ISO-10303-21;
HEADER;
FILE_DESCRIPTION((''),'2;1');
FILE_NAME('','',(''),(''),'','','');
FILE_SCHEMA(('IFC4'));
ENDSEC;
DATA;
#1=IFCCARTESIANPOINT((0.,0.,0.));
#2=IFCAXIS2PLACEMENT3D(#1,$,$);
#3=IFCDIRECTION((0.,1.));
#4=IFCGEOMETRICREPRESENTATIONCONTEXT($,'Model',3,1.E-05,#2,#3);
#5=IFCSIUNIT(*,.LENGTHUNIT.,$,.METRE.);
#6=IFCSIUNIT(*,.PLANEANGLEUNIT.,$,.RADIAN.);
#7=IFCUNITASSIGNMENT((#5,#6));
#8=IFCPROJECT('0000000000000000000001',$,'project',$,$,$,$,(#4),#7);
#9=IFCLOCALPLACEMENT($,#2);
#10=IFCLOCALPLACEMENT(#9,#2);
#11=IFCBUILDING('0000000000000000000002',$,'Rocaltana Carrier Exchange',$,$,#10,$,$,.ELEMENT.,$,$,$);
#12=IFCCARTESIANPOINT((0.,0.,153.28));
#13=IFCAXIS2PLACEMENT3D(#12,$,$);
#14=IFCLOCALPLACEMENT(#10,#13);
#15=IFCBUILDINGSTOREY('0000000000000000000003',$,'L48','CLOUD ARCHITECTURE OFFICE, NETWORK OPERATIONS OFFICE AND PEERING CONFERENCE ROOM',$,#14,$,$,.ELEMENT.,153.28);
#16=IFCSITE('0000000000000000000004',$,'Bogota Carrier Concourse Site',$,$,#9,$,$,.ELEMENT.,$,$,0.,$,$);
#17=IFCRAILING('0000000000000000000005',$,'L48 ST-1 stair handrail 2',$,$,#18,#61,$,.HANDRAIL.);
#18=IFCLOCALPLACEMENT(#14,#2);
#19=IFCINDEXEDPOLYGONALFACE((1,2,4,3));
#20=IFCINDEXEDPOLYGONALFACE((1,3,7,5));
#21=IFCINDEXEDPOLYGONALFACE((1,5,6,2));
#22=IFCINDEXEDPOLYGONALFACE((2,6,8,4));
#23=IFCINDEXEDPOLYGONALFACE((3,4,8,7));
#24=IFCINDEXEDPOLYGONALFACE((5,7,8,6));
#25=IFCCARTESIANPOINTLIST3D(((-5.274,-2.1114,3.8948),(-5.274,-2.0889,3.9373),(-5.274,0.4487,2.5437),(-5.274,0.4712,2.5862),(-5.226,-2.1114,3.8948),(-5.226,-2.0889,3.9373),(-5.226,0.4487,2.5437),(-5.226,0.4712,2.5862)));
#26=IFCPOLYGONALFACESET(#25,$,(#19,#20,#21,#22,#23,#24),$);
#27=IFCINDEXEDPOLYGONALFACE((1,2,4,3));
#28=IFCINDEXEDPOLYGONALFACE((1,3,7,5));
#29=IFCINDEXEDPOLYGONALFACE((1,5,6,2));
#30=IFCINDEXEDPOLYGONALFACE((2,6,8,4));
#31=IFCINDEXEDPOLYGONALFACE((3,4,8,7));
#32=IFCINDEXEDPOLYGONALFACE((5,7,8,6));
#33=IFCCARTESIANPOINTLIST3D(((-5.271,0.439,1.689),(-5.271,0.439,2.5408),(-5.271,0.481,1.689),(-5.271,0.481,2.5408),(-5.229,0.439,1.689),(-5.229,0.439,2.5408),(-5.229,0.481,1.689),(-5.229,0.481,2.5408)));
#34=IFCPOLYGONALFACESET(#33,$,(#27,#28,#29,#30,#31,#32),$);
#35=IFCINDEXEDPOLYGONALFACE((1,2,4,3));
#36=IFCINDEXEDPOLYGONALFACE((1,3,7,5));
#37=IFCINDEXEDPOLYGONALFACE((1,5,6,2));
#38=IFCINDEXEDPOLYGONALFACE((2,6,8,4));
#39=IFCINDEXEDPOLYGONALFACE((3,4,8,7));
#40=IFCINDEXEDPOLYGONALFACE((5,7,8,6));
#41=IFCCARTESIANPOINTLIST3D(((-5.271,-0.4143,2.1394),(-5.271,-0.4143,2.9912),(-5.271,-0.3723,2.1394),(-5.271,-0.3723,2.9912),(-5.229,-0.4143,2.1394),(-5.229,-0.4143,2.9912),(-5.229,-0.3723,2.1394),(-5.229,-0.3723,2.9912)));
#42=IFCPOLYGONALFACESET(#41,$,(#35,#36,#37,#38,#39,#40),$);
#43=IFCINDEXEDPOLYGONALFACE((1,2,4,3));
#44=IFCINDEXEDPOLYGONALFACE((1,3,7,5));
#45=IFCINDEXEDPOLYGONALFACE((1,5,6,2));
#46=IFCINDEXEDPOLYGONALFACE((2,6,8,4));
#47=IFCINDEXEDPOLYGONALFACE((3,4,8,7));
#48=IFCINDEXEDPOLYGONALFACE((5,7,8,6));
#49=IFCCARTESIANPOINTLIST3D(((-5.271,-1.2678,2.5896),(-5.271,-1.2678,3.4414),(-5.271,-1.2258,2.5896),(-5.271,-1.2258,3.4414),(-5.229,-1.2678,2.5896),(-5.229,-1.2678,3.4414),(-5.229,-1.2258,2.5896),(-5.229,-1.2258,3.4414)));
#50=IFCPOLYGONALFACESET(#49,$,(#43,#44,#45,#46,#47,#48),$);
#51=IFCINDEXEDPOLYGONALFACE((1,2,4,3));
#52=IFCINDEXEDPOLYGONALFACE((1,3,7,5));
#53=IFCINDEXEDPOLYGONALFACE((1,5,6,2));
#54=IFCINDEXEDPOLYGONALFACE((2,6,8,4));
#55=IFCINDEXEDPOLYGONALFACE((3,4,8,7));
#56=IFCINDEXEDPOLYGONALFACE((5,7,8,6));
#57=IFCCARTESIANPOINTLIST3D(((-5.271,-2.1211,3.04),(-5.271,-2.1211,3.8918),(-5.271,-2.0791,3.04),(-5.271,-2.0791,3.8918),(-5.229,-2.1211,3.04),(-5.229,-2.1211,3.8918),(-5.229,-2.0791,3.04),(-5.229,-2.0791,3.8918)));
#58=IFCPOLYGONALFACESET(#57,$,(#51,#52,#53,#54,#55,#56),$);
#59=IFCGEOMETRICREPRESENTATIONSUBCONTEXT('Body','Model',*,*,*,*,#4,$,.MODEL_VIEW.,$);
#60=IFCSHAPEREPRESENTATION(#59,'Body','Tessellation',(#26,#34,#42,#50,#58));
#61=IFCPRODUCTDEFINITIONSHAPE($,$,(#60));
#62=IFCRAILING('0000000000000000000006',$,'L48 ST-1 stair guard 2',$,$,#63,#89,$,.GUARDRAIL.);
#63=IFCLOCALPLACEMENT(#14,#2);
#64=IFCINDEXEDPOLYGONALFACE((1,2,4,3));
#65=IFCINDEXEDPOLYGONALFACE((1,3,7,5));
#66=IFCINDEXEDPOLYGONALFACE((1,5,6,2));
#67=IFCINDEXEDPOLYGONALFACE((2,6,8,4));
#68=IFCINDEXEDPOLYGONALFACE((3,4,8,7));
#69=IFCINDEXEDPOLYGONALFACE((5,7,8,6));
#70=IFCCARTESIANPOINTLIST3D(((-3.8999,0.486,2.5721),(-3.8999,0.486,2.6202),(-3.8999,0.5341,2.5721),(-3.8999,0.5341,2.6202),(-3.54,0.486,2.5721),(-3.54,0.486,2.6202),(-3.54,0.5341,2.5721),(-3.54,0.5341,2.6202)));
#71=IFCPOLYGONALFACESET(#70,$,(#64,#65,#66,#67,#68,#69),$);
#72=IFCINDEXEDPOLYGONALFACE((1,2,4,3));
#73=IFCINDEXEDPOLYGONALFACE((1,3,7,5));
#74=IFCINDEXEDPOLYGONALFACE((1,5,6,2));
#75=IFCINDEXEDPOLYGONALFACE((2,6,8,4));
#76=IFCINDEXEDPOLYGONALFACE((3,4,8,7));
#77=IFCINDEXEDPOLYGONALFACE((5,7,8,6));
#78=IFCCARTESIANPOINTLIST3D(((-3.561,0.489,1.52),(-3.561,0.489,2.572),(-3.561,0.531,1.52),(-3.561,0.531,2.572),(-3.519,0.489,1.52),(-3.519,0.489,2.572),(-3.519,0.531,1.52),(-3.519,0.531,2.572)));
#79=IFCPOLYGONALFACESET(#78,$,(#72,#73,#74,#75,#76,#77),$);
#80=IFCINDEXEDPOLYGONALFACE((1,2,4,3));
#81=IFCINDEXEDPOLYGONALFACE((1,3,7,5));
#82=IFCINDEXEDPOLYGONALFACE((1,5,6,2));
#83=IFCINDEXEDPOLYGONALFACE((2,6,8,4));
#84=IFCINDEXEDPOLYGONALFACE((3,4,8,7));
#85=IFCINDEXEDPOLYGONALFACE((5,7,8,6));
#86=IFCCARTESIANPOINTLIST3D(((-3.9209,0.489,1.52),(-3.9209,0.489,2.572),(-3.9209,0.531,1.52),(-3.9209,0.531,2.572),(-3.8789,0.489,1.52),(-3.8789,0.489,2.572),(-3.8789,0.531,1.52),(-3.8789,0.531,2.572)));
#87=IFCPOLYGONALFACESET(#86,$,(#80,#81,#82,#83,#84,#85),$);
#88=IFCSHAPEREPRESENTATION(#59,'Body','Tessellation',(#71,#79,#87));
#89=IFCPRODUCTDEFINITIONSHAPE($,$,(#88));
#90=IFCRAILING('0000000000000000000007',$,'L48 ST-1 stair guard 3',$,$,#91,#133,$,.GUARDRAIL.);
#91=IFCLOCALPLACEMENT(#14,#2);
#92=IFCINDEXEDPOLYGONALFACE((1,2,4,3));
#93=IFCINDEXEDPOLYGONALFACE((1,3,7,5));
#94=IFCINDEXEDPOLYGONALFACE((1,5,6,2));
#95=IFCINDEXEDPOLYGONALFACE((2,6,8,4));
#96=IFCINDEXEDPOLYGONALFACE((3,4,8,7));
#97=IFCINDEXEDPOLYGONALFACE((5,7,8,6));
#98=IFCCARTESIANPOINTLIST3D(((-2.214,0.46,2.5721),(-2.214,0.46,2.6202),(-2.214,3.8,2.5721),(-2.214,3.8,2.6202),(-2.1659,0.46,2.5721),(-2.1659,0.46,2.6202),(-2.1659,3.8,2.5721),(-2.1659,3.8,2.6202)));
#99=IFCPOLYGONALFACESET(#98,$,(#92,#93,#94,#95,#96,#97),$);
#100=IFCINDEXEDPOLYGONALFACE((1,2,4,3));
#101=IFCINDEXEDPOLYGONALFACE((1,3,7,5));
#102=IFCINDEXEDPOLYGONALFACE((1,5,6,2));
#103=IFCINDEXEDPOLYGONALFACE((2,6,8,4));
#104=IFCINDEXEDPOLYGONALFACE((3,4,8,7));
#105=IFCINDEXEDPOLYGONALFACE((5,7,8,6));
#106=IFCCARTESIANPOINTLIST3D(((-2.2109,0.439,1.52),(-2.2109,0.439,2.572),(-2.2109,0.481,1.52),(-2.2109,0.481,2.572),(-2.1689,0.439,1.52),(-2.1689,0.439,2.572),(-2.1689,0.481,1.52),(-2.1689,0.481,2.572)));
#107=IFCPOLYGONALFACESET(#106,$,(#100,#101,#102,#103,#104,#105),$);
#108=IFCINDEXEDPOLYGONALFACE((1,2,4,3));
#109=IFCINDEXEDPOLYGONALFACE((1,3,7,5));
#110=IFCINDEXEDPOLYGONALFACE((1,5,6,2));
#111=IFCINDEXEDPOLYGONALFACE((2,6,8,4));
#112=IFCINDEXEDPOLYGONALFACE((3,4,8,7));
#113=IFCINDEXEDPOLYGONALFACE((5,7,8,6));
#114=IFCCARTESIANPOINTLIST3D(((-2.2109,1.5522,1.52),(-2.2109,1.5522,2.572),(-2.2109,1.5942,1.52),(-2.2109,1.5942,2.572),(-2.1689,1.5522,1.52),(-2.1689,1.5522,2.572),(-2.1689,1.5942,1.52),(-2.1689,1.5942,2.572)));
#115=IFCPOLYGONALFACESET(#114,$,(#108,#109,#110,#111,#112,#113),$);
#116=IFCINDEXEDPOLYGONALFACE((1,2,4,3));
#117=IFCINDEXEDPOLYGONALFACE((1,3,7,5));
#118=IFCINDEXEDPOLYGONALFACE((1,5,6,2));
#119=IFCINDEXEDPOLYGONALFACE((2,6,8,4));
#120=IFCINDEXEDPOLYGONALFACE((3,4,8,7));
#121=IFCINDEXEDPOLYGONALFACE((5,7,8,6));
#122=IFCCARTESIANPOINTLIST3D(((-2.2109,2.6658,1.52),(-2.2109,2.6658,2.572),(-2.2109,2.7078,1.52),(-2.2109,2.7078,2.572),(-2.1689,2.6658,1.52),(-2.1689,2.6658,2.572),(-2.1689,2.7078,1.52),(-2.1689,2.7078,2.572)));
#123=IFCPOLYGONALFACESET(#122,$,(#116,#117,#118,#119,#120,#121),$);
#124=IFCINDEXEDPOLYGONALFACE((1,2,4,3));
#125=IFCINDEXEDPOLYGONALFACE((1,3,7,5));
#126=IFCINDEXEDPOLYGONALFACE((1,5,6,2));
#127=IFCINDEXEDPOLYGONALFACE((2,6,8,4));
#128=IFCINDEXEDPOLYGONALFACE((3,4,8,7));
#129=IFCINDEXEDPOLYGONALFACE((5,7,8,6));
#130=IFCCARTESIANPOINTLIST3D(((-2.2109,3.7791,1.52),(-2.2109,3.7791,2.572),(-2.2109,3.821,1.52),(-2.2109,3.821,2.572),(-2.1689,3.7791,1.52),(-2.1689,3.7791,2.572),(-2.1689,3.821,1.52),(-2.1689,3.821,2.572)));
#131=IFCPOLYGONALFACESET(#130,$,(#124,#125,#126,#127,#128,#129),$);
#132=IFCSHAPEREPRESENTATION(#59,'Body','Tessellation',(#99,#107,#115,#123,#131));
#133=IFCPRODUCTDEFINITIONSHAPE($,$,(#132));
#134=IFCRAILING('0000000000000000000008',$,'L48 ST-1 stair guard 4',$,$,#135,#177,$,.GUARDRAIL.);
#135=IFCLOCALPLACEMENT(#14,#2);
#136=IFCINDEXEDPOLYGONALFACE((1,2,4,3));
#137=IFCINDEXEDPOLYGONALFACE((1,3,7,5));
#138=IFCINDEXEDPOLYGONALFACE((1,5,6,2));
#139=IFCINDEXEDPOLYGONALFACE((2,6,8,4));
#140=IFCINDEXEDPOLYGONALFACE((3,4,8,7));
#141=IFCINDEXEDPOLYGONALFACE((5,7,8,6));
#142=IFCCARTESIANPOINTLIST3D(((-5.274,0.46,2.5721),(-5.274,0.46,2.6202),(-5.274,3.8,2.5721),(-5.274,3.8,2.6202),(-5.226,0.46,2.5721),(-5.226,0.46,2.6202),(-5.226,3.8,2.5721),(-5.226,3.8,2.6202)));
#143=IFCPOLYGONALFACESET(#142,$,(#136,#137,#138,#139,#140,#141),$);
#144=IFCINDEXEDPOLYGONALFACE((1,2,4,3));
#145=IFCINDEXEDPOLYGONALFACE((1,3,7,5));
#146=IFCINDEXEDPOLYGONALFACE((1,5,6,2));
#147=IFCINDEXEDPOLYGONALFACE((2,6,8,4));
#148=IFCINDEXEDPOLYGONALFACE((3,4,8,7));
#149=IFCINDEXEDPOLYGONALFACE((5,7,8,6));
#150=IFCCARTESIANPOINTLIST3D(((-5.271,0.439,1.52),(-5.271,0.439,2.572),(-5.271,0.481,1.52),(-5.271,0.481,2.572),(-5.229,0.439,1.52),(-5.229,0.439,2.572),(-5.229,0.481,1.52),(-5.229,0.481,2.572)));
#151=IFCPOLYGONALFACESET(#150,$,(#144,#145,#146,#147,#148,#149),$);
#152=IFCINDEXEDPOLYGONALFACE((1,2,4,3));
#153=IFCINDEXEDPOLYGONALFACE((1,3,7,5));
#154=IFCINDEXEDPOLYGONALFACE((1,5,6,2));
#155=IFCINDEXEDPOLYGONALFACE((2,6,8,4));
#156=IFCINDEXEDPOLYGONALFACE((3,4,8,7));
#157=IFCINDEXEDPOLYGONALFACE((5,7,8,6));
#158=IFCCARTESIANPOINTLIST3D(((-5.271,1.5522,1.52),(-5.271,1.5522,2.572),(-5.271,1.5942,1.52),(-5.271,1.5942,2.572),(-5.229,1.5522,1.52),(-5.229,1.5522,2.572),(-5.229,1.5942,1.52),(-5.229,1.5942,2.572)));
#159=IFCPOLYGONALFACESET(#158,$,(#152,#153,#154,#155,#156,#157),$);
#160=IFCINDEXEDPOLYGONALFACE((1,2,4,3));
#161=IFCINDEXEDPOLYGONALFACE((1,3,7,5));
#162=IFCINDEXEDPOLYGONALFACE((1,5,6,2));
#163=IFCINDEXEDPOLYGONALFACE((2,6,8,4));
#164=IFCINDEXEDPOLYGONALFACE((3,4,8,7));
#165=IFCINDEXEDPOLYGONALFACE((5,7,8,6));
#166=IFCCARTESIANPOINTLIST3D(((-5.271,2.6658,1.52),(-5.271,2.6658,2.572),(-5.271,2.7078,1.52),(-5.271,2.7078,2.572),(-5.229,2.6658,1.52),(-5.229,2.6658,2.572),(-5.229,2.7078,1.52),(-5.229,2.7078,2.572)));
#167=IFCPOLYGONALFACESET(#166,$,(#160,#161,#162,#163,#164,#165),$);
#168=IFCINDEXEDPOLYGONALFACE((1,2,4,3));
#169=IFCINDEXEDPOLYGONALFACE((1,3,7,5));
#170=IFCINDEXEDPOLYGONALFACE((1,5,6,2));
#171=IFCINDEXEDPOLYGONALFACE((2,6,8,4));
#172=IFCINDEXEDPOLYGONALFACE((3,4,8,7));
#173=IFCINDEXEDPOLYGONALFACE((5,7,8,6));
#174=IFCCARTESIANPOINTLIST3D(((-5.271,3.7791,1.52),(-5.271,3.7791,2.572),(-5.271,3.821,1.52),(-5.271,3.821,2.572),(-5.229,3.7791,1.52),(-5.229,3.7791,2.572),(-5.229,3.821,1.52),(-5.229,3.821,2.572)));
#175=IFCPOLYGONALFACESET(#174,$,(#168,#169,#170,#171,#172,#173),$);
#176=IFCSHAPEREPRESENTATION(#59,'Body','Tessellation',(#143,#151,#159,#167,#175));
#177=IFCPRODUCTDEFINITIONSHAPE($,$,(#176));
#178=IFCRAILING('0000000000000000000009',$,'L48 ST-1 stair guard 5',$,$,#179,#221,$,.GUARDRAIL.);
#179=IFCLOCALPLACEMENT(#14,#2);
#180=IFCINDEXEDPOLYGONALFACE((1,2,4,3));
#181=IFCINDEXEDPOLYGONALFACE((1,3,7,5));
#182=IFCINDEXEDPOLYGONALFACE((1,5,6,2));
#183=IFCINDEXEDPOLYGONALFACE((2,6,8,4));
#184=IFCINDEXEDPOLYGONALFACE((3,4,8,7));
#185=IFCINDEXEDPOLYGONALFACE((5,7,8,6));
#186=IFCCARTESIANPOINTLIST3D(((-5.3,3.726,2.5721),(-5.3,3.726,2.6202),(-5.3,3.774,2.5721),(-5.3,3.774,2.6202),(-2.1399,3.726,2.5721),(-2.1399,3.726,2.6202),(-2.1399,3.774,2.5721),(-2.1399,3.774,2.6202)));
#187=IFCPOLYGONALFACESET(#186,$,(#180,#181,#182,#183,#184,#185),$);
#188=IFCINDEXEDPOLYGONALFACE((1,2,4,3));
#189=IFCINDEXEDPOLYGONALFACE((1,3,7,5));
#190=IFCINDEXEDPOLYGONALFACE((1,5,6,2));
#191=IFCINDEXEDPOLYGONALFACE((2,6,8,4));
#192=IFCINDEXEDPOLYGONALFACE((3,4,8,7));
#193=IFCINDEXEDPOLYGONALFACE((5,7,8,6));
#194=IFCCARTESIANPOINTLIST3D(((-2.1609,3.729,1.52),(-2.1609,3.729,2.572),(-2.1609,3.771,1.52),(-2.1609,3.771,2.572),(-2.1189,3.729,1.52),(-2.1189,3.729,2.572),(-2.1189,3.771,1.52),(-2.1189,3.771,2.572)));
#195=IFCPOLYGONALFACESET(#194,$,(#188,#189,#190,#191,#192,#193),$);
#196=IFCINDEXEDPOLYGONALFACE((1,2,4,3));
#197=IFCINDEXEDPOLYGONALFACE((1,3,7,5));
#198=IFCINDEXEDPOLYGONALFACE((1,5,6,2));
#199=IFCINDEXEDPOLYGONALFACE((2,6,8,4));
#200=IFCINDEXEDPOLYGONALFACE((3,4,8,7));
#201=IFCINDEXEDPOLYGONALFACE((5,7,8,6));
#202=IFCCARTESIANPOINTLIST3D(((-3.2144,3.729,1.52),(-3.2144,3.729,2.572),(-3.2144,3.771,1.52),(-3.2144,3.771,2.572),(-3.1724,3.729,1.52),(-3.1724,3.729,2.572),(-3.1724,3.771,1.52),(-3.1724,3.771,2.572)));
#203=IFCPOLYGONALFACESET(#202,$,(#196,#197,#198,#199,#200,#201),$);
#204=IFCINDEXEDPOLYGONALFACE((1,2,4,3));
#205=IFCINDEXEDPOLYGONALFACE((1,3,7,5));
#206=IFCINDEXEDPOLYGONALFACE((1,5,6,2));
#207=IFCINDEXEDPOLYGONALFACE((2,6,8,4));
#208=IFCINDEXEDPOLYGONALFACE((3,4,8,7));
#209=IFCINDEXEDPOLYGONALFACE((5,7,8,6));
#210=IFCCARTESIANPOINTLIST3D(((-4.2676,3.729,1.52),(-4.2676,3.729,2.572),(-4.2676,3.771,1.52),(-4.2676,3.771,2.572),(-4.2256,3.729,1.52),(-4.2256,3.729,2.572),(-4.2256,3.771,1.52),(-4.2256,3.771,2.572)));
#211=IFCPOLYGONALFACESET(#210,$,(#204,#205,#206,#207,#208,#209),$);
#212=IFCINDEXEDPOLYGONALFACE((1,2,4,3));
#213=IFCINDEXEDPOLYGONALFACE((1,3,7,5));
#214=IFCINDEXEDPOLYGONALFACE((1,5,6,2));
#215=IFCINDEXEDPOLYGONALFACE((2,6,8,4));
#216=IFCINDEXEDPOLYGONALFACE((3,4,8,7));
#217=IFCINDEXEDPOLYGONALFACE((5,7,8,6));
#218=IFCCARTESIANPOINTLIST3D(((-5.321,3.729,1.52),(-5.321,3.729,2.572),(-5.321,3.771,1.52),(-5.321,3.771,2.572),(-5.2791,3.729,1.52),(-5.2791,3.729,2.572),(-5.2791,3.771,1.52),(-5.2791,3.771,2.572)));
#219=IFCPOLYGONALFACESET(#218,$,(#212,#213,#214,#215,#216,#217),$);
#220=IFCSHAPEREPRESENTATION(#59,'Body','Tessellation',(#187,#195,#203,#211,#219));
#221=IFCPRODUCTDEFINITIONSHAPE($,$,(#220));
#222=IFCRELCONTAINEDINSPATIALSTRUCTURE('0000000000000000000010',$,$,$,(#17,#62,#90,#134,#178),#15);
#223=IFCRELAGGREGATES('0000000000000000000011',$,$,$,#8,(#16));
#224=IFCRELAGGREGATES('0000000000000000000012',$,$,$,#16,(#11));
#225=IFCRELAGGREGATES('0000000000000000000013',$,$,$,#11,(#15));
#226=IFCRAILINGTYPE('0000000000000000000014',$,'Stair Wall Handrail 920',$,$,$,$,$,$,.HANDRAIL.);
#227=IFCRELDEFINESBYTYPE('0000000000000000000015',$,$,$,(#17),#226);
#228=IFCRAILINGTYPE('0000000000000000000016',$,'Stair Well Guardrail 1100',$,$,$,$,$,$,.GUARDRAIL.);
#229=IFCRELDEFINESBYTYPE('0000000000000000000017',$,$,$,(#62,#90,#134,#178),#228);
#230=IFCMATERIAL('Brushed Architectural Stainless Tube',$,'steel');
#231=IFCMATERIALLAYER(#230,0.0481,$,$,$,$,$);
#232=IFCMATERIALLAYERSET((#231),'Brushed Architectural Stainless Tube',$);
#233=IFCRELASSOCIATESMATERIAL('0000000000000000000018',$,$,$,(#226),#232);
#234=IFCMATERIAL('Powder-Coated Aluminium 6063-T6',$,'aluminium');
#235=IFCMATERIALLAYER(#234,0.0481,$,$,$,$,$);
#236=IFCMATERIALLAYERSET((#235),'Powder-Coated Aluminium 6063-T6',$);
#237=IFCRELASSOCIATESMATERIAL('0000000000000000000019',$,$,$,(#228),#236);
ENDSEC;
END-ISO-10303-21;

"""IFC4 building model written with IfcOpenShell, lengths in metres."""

from ifc_helpers import new_model, si_unit, direction, frame, origin, origin_2d, place, context, subcontext, project, spatial, rectangle, extrude, material, layer, layer_set, type_object, element, save


model = new_model("IFC4")

# Units and contexts
model_context = context("Model", 3, precision=1e-05, world=origin(), true_north=direction((0.0, 1.0)))
body_context = subcontext(model_context, "Body", "Model", "MODEL_VIEW")
ifc_project = project(units=[si_unit("LENGTHUNIT", "METRE"), si_unit("PLANEANGLEUNIT", "RADIAN")], contexts=[model_context])

# Site, building, storey
site_placement = place(None, origin())
site = spatial("IfcSite", under=ifc_project, at=site_placement, Name="Bogota Carrier Concourse Site", CompositionType="ELEMENT", RefElevation=0.0)
building_placement = place(site_placement, origin())
building = spatial("IfcBuilding", under=site, at=building_placement, Name="Rocaltana Carrier Exchange", CompositionType="ELEMENT")
storey_placement = place(building_placement, frame((0.0, 0.0, 153.28)))
storey = spatial("IfcBuildingStorey", under=building, at=storey_placement, Name="L48", Description="CLOUD ARCHITECTURE OFFICE, NETWORK OPERATIONS OFFICE AND PEERING CONFERENCE ROOM", CompositionType="ELEMENT", Elevation=153.28)

# Railings
ifc_material_1 = material(Name="Brushed Architectural Stainless Tube", Category="steel")
ifc_layer_1 = layer(ifc_material_1, 0.0481)
ifc_layer_set_1 = layer_set([ifc_layer_1], Name="Brushed Architectural Stainless Tube")
railing_type_1 = type_object("IfcRailingType", Name="Stair Wall Handrail 920", PredefinedType="HANDRAIL", material=ifc_layer_set_1)
railing_1_placement = place(storey_placement, frame((-5.25, 0.46, 1.689)))
element("IfcRailing", 1, at=railing_1_placement, inside=storey, type_object=railing_type_1, Name="L48 ST-1 stair handrail 2", PredefinedType="HANDRAIL", context=body_context, shape_type="SweptSolid", body=[
    extrude(rectangle(XDim=0.0481, YDim=0.0481, at=origin_2d()), frame((0.0, 0.0, 0.876), z_axis=(0.0, -0.884394, 0.46674), x_axis=(1.0, 0.0, 0.0)), (0.0, 0.0, 1.0), 2.8948),
    extrude(rectangle(XDim=0.042, YDim=0.042, at=origin_2d()), origin(), (0.0, 0.0, 1.0), 0.8518),
    extrude(rectangle(XDim=0.042, YDim=0.042, at=origin_2d()), frame((0.0, -0.8533, 0.4504)), (0.0, 0.0, 1.0), 0.8518),
    extrude(rectangle(XDim=0.042, YDim=0.042, at=origin_2d()), frame((0.0, -1.7068, 0.9006)), (0.0, 0.0, 1.0), 0.8518),
    extrude(rectangle(XDim=0.042, YDim=0.042, at=origin_2d()), frame((0.0, -2.5601, 1.3511)), (0.0, 0.0, 1.0), 0.8518),
])
ifc_material_2 = material(Name="Powder-Coated Aluminium 6063-T6", Category="aluminium")
ifc_layer_2 = layer(ifc_material_2, 0.0481)
ifc_layer_set_2 = layer_set([ifc_layer_2], Name="Powder-Coated Aluminium 6063-T6")
railing_type_2 = type_object("IfcRailingType", Name="Stair Well Guardrail 1100", PredefinedType="GUARDRAIL", material=ifc_layer_set_2)
railing_2_placement = place(storey_placement, frame((-3.54, 0.51, 1.52)))
element("IfcRailing", 2, at=railing_2_placement, inside=storey, type_object=railing_type_2, Name="L48 ST-1 stair guard 2", PredefinedType="GUARDRAIL", context=body_context, shape_type="SweptSolid", body=[
    extrude(rectangle(XDim=0.0481, YDim=0.0481, at=origin_2d()), frame((0.0, 0.0, 1.0762), z_axis=(-1.0, 0.0, 0.0), x_axis=(0.0, -1.0, 0.0)), (0.0, 0.0, 1.0), 0.3599),
    extrude(rectangle(XDim=0.042, YDim=0.042, at=origin_2d()), origin(), (0.0, 0.0, 1.0), 1.052),
    extrude(rectangle(XDim=0.042, YDim=0.042, at=origin_2d()), frame((-0.3599, 0.0, 0.0)), (0.0, 0.0, 1.0), 1.052),
])
for number, where, name in (
    (3, (-2.1899, 0.46, 1.52), "L48 ST-1 stair guard 3"),
    (4, (-5.25, 0.46, 1.52), "L48 ST-1 stair guard 4"),
):
    element("IfcRailing", number, at=place(storey_placement, frame(where)), inside=storey, type_object=railing_type_2, Name=name, PredefinedType="GUARDRAIL", context=body_context, shape_type="SweptSolid", body=[
        extrude(rectangle(XDim=0.0481, YDim=0.0481, at=origin_2d()), frame((0.0, 0.0, 1.0762), z_axis=(0.0, 1.0, 0.0), x_axis=(-1.0, 0.0, 0.0)), (0.0, 0.0, 1.0), 3.3401),
        extrude(rectangle(XDim=0.042, YDim=0.042, at=origin_2d()), origin(), (0.0, 0.0, 1.0), 1.052),
        extrude(rectangle(XDim=0.042, YDim=0.042, at=origin_2d()), frame((0.0, 1.1133, 0.0)), (0.0, 0.0, 1.0), 1.052),
        extrude(rectangle(XDim=0.042, YDim=0.042, at=origin_2d()), frame((0.0, 2.2268, 0.0)), (0.0, 0.0, 1.0), 1.052),
        extrude(rectangle(XDim=0.042, YDim=0.042, at=origin_2d()), frame((0.0, 3.3401, 0.0)), (0.0, 0.0, 1.0), 1.052),
    ])
railing_3_placement = place(storey_placement, frame((-2.1399, 3.75, 1.52)))
element("IfcRailing", 5, at=railing_3_placement, inside=storey, type_object=railing_type_2, Name="L48 ST-1 stair guard 5", PredefinedType="GUARDRAIL", context=body_context, shape_type="SweptSolid", body=[
    extrude(rectangle(XDim=0.0481, YDim=0.0481, at=origin_2d()), frame((0.0, 0.0, 1.0762), z_axis=(-1.0, 0.0, 0.0), x_axis=(0.0, -1.0, 0.0)), (0.0, 0.0, 1.0), 3.1602),
    extrude(rectangle(XDim=0.042, YDim=0.042, at=origin_2d()), origin(), (0.0, 0.0, 1.0), 1.052),
    extrude(rectangle(XDim=0.042, YDim=0.042, at=origin_2d()), frame((-1.0535, 0.0, 0.0)), (0.0, 0.0, 1.0), 1.052),
    extrude(rectangle(XDim=0.042, YDim=0.042, at=origin_2d()), frame((-2.1067, 0.0, 0.0)), (0.0, 0.0, 1.0), 1.052),
    extrude(rectangle(XDim=0.042, YDim=0.042, at=origin_2d()), frame((-3.1602, 0.0, 0.0)), (0.0, 0.0, 1.0), 1.052),
])

save(model, "model.ifc")
